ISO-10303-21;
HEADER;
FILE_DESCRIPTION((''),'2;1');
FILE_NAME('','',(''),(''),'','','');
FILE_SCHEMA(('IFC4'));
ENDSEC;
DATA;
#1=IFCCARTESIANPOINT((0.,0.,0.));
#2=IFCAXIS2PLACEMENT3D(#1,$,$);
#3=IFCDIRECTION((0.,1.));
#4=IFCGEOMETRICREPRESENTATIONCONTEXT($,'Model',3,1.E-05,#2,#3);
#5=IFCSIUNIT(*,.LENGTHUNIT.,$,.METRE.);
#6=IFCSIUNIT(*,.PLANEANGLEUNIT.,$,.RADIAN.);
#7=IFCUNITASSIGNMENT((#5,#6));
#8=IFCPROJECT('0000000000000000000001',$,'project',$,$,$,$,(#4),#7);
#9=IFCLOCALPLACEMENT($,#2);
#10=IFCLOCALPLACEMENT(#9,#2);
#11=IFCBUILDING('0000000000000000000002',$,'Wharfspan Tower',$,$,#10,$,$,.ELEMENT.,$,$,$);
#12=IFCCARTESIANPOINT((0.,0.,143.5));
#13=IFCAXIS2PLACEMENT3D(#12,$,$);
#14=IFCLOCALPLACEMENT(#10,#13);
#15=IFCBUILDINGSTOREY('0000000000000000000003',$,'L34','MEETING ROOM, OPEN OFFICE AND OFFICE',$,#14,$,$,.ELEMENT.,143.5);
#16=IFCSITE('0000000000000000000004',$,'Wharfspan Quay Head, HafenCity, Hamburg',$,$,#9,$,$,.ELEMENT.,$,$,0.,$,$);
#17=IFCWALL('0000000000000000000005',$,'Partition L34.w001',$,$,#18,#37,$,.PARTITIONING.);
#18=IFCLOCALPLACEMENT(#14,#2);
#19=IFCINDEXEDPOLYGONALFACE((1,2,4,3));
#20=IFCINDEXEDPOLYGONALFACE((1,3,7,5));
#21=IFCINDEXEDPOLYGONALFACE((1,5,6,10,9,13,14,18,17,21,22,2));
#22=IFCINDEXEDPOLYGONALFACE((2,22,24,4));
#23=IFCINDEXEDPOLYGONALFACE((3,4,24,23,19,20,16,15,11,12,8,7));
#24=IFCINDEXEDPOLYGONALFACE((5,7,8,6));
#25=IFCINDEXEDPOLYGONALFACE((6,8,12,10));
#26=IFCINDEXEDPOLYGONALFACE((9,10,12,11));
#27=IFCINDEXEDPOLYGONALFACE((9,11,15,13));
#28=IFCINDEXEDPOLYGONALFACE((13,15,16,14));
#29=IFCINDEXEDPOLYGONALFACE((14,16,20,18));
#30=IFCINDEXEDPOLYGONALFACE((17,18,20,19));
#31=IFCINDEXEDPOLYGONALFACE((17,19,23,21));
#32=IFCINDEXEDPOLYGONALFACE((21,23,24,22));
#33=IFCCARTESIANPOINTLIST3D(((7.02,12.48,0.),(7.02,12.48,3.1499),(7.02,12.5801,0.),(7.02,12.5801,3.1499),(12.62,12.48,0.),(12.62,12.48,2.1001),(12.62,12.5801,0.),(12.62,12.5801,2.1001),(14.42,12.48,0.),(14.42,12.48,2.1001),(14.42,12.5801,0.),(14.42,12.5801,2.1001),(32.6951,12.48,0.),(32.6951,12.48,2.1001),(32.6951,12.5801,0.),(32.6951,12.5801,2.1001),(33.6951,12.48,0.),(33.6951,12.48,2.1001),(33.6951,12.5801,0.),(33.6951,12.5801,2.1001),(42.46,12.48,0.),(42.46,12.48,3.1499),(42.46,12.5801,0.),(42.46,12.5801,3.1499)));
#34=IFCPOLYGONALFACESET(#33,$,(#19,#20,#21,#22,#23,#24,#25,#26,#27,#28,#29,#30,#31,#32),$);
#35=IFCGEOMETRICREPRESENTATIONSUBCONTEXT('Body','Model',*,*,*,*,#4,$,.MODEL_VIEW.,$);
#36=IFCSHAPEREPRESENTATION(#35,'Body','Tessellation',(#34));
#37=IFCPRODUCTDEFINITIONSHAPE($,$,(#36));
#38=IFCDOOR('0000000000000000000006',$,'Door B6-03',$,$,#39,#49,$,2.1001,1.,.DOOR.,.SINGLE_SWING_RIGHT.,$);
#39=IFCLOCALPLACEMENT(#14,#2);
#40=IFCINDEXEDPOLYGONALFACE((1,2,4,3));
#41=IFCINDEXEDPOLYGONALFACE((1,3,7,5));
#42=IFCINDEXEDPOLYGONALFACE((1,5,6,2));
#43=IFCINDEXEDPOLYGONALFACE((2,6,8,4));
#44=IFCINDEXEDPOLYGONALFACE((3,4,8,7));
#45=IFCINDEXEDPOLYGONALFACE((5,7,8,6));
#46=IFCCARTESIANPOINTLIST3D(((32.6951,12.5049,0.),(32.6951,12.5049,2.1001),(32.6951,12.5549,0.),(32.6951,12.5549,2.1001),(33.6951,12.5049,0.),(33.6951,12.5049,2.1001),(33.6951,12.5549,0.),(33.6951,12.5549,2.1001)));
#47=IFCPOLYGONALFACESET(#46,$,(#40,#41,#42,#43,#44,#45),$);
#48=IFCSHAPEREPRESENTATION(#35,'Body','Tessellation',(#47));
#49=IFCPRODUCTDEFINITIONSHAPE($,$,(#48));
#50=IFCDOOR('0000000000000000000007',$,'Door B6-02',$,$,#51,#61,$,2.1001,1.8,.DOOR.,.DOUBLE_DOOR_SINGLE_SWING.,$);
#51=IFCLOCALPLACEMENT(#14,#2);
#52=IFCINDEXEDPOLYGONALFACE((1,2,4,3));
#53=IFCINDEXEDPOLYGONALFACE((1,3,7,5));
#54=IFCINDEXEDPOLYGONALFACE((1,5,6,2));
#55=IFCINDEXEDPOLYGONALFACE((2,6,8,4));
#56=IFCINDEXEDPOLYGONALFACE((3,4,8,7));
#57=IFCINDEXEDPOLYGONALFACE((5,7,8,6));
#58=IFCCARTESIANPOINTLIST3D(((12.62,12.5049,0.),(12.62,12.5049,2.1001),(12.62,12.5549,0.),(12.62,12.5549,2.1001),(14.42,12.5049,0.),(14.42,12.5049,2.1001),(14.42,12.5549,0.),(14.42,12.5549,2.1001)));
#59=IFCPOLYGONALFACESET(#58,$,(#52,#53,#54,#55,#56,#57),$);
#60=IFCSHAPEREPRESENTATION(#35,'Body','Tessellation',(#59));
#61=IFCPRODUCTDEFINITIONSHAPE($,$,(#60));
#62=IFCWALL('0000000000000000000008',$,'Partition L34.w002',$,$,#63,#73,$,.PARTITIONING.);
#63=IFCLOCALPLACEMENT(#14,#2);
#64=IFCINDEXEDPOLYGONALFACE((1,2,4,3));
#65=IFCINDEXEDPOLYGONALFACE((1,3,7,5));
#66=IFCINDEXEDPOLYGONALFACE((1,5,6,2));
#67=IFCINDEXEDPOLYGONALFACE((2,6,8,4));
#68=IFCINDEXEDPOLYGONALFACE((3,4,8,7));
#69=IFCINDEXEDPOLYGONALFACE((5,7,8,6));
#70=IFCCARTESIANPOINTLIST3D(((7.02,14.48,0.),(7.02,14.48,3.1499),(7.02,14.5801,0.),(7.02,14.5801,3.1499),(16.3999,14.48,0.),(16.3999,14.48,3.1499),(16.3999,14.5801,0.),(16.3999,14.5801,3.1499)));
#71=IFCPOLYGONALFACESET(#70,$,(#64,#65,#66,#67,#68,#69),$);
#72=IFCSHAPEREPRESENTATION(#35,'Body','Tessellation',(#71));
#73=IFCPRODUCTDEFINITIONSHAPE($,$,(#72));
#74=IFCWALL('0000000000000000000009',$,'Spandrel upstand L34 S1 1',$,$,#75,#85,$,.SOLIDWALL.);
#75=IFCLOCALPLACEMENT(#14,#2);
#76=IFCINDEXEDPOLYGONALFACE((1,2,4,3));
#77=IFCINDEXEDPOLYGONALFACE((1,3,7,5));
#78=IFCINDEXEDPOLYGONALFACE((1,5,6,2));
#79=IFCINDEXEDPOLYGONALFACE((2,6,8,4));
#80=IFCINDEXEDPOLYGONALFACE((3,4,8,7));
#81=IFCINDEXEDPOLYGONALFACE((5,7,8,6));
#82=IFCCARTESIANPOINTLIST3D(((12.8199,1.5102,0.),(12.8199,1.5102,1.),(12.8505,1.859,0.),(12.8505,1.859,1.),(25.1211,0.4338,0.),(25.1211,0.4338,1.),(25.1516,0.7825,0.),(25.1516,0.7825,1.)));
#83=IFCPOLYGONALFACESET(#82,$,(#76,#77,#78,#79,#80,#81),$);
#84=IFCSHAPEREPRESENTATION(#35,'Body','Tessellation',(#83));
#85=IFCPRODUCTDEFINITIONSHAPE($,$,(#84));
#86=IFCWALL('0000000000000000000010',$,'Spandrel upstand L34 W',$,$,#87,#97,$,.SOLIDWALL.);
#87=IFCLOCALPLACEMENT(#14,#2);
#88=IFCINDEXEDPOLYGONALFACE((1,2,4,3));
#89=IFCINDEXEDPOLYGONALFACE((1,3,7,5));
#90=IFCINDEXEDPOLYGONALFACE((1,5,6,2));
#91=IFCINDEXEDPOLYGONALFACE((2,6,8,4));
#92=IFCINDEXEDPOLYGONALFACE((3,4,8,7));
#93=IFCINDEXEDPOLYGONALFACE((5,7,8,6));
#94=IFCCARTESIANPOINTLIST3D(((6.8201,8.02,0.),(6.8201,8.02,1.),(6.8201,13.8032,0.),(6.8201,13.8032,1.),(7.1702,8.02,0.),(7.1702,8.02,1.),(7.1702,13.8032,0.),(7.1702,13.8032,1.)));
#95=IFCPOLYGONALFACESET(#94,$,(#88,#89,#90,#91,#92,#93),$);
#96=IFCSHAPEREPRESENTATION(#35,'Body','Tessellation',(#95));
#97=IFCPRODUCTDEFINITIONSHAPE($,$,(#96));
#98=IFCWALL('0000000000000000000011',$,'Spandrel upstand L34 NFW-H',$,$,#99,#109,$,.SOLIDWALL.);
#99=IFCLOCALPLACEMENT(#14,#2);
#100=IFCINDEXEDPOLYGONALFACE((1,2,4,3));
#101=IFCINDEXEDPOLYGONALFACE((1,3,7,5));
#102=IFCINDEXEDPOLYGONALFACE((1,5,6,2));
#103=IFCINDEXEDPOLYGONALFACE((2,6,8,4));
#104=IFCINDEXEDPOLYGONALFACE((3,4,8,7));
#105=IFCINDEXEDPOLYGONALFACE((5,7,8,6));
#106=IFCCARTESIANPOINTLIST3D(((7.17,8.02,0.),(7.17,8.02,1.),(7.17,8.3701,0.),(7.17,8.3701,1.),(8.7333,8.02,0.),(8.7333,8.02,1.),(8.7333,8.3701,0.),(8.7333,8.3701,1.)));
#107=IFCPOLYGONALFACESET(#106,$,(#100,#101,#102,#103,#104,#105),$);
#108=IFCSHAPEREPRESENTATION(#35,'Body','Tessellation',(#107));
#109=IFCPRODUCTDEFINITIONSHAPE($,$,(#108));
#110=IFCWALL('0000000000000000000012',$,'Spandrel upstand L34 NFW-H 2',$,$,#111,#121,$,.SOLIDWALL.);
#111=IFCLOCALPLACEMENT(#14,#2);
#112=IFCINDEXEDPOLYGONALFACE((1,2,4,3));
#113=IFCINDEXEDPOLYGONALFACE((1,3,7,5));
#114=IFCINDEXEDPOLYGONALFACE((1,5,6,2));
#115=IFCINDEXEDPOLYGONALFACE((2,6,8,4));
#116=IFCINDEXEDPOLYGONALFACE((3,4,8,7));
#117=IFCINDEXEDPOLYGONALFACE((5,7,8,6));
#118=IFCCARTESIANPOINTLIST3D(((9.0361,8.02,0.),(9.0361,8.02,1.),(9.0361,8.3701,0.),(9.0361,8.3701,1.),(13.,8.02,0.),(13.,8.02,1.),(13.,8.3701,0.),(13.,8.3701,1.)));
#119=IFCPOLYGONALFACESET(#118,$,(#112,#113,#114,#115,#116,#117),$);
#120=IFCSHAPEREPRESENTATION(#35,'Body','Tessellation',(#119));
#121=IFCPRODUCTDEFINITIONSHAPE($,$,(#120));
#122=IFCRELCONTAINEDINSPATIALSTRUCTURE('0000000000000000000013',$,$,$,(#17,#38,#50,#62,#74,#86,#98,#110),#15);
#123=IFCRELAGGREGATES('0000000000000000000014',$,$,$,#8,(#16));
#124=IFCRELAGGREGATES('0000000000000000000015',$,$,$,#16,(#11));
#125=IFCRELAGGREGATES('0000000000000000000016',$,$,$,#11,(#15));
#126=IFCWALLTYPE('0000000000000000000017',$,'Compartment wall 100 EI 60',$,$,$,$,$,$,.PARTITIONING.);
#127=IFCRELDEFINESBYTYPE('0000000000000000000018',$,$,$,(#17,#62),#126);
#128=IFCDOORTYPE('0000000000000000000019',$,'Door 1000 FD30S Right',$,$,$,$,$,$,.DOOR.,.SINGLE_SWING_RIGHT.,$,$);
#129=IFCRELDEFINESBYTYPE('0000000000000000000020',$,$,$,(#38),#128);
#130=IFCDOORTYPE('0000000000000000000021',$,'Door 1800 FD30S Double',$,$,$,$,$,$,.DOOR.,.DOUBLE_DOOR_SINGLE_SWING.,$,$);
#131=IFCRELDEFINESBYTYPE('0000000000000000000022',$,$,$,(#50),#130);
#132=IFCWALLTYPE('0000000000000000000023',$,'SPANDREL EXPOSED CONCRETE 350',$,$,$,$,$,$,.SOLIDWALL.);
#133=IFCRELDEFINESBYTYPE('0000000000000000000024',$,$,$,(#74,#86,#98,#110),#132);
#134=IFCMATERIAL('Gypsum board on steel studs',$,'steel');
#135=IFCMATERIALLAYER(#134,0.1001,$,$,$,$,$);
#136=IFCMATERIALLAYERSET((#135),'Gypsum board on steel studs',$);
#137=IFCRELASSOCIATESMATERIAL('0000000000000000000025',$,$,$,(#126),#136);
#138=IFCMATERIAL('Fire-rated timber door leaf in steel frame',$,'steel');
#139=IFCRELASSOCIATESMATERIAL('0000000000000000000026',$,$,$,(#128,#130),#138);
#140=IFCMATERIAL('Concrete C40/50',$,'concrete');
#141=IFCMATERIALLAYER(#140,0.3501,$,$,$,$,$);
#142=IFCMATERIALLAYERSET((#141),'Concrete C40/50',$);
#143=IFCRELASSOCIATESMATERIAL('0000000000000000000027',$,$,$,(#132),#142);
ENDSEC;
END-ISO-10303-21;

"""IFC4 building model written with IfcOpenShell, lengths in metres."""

from ifc_helpers import new_model, si_unit, direction, frame, frame_2d, origin, place, context, subcontext, project, spatial, rectangle, extrude, material, layer, layer_set, type_object, element, fill, save


model = new_model("IFC4")

# Units and contexts
model_context = context("Model", 3, precision=1e-05, world=origin(), true_north=direction((0.0, 1.0)))
body_context = subcontext(model_context, "Body", "Model", "MODEL_VIEW")
ifc_project = project(units=[si_unit("LENGTHUNIT", "METRE"), si_unit("PLANEANGLEUNIT", "RADIAN")], contexts=[model_context])

# Site, building, storey
site_placement = place(None, origin())
site = spatial("IfcSite", under=ifc_project, at=site_placement, Name="Wharfspan Quay Head, HafenCity, Hamburg", CompositionType="ELEMENT", RefElevation=0.0)
building_placement = place(site_placement, origin())
building = spatial("IfcBuilding", under=site, at=building_placement, Name="Wharfspan Tower", CompositionType="ELEMENT")
storey_placement = place(building_placement, frame((0.0, 0.0, 143.5)))
storey = spatial("IfcBuildingStorey", under=building, at=storey_placement, Name="L34", Description="MEETING ROOM, OPEN OFFICE AND OFFICE", CompositionType="ELEMENT", Elevation=143.5)

# Shared definitions
ifc_material_1 = material(Name="Concrete C40/50", Category="concrete")

# Wall, openings, doors
ifc_material_2 = material(Name="Gypsum board on steel studs", Category="steel")
ifc_layer_1 = layer(ifc_material_2, 0.1001)
ifc_layer_set_1 = layer_set([ifc_layer_1], Name="Gypsum board on steel studs")
wall_type_1 = type_object("IfcWallType", Name="Compartment wall 100 EI 60", PredefinedType="PARTITIONING", material=ifc_layer_set_1)
wall_1_placement = place(storey_placement, frame((7.02, 12.53, 0.0), z_axis=(0.0, 0.0, 1.0), x_axis=(1.0, 0.0, 0.0)))
wall_1 = element("IfcWall", 1, at=wall_1_placement, inside=storey, type_object=wall_type_1, Name="Partition L34.w001", PredefinedType="PARTITIONING", context=body_context, shape_type="SweptSolid", body=[
    extrude(rectangle(XDim=35.4399, YDim=0.1001, at=frame_2d((17.72, 0.0))), origin(), (0.0, 0.0, 1.0), 3.1499),
])
opening_1_placement = place(wall_1_placement, frame((5.6001, 0.0, 0.0)))
opening_1 = element("IfcOpeningElement", 2, at=opening_1_placement, cuts=wall_1, PredefinedType="OPENING", context=body_context, shape_type="SweptSolid", body=[
    extrude(rectangle(XDim=1.8, YDim=2.1001, at=frame_2d((0.8999, 1.05))), frame((0.0, 0.0601, 0.0), z_axis=(0.0, -1.0, 0.0), x_axis=(1.0, 0.0, 0.0)), (0.0, 0.0, 1.0), 0.1201),
])
opening_2_placement = place(wall_1_placement, frame((25.675, 0.0, 0.0)))
opening_2 = element("IfcOpeningElement", 3, at=opening_2_placement, cuts=wall_1, PredefinedType="OPENING", context=body_context, shape_type="SweptSolid", body=[
    extrude(rectangle(XDim=1.0, YDim=2.1001, at=frame_2d((0.5, 1.05))), frame((0.0, 0.0601, 0.0), z_axis=(0.0, -1.0, 0.0), x_axis=(1.0, 0.0, 0.0)), (0.0, 0.0, 1.0), 0.1201),
])
ifc_material_3 = material(Name="Fire-rated timber door leaf in steel frame", Category="steel")
door_type_1 = type_object("IfcDoorType", Name="Door 1000 FD30S Right", OperationType="SINGLE_SWING_RIGHT", PredefinedType="DOOR", material=ifc_material_3)
door_1_placement = place(opening_2_placement, origin())
door_1 = element("IfcDoor", 4, at=door_1_placement, inside=storey, type_object=door_type_1, Name="Door B6-03", OperationType="SINGLE_SWING_RIGHT", OverallHeight=2.1001, OverallWidth=1.0, PredefinedType="DOOR", context=body_context, shape_type="SweptSolid", body=[
    extrude(rectangle(XDim=1.0, YDim=2.1001, at=frame_2d((0.5, 1.05))), frame((0.0, 0.0249, 0.0), z_axis=(0.0, -1.0, 0.0), x_axis=(1.0, 0.0, 0.0)), (0.0, 0.0, 1.0), 0.05),
])
fill(opening_2, door_1)
door_type_2 = type_object("IfcDoorType", Name="Door 1800 FD30S Double", OperationType="DOUBLE_DOOR_SINGLE_SWING", PredefinedType="DOOR", material=ifc_material_3)
door_2_placement = place(opening_1_placement, origin())
door_2 = element("IfcDoor", 5, at=door_2_placement, inside=storey, type_object=door_type_2, Name="Door B6-02", OperationType="DOUBLE_DOOR_SINGLE_SWING", OverallHeight=2.1001, OverallWidth=1.8, PredefinedType="DOOR", context=body_context, shape_type="SweptSolid", body=[
    extrude(rectangle(XDim=1.8, YDim=2.1001, at=frame_2d((0.8999, 1.05))), frame((0.0, 0.0249, 0.0), z_axis=(0.0, -1.0, 0.0), x_axis=(1.0, 0.0, 0.0)), (0.0, 0.0, 1.0), 0.05),
])
fill(opening_1, door_2)

# Walls
wall_2_placement = place(storey_placement, frame((7.02, 14.53, 0.0), z_axis=(0.0, 0.0, 1.0), x_axis=(1.0, 0.0, 0.0)))
element("IfcWall", 6, at=wall_2_placement, inside=storey, type_object=wall_type_1, Name="Partition L34.w002", PredefinedType="PARTITIONING", context=body_context, shape_type="SweptSolid", body=[
    extrude(rectangle(XDim=9.3799, YDim=0.1001, at=frame_2d((4.6899, 0.0))), origin(), (0.0, 0.0, 1.0), 3.1499),
])
ifc_layer_2 = layer(ifc_material_1, 0.3501)
ifc_layer_set_2 = layer_set([ifc_layer_2], Name="Concrete C40/50")
wall_type_2 = type_object("IfcWallType", Name="SPANDREL EXPOSED CONCRETE 350", PredefinedType="SOLIDWALL", material=ifc_layer_set_2)
wall_3_placement = place(storey_placement, frame((12.8352, 1.6846, 0.0), z_axis=(0.0, 0.0, 1.0), x_axis=(0.996192, -0.087173, 0.0)))
element("IfcWall", 7, at=wall_3_placement, inside=storey, type_object=wall_type_2, Name="Spandrel upstand L34 S1 1", PredefinedType="SOLIDWALL", context=body_context, shape_type="SweptSolid", body=[
    extrude(rectangle(XDim=12.3481, YDim=0.3501, at=frame_2d((6.1741, 0.0))), origin(), (0.0, 0.0, 1.0), 1.0),
])
wall_4_placement = place(storey_placement, frame((6.9951, 13.8032, 0.0), z_axis=(0.0, 0.0, 1.0), x_axis=(0.0, -1.0, 0.0)))
element("IfcWall", 8, at=wall_4_placement, inside=storey, type_object=wall_type_2, Name="Spandrel upstand L34 W", PredefinedType="SOLIDWALL", context=body_context, shape_type="SweptSolid", body=[
    extrude(rectangle(XDim=5.7832, YDim=0.3501, at=frame_2d((2.8916, 0.0))), origin(), (0.0, 0.0, 1.0), 1.0),
])
wall_5_placement = place(storey_placement, frame((7.1699, 8.1951, 0.0), z_axis=(0.0, 0.0, 1.0), x_axis=(1.0, 0.0, 0.0)))
element("IfcWall", 9, at=wall_5_placement, inside=storey, type_object=wall_type_2, Name="Spandrel upstand L34 NFW-H", PredefinedType="SOLIDWALL", context=body_context, shape_type="SweptSolid", body=[
    extrude(rectangle(XDim=1.5632, YDim=0.3501, at=frame_2d((0.7817, 0.0))), origin(), (0.0, 0.0, 1.0), 1.0),
])
wall_6_placement = place(storey_placement, frame((9.0361, 8.1951, 0.0), z_axis=(0.0, 0.0, 1.0), x_axis=(1.0, 0.0, 0.0)))
element("IfcWall", 10, at=wall_6_placement, inside=storey, type_object=wall_type_2, Name="Spandrel upstand L34 NFW-H 2", PredefinedType="SOLIDWALL", context=body_context, shape_type="SweptSolid", body=[
    extrude(rectangle(XDim=3.9639, YDim=0.3501, at=frame_2d((1.9819, 0.0))), origin(), (0.0, 0.0, 1.0), 1.0),
])

save(model, "model.ifc")
